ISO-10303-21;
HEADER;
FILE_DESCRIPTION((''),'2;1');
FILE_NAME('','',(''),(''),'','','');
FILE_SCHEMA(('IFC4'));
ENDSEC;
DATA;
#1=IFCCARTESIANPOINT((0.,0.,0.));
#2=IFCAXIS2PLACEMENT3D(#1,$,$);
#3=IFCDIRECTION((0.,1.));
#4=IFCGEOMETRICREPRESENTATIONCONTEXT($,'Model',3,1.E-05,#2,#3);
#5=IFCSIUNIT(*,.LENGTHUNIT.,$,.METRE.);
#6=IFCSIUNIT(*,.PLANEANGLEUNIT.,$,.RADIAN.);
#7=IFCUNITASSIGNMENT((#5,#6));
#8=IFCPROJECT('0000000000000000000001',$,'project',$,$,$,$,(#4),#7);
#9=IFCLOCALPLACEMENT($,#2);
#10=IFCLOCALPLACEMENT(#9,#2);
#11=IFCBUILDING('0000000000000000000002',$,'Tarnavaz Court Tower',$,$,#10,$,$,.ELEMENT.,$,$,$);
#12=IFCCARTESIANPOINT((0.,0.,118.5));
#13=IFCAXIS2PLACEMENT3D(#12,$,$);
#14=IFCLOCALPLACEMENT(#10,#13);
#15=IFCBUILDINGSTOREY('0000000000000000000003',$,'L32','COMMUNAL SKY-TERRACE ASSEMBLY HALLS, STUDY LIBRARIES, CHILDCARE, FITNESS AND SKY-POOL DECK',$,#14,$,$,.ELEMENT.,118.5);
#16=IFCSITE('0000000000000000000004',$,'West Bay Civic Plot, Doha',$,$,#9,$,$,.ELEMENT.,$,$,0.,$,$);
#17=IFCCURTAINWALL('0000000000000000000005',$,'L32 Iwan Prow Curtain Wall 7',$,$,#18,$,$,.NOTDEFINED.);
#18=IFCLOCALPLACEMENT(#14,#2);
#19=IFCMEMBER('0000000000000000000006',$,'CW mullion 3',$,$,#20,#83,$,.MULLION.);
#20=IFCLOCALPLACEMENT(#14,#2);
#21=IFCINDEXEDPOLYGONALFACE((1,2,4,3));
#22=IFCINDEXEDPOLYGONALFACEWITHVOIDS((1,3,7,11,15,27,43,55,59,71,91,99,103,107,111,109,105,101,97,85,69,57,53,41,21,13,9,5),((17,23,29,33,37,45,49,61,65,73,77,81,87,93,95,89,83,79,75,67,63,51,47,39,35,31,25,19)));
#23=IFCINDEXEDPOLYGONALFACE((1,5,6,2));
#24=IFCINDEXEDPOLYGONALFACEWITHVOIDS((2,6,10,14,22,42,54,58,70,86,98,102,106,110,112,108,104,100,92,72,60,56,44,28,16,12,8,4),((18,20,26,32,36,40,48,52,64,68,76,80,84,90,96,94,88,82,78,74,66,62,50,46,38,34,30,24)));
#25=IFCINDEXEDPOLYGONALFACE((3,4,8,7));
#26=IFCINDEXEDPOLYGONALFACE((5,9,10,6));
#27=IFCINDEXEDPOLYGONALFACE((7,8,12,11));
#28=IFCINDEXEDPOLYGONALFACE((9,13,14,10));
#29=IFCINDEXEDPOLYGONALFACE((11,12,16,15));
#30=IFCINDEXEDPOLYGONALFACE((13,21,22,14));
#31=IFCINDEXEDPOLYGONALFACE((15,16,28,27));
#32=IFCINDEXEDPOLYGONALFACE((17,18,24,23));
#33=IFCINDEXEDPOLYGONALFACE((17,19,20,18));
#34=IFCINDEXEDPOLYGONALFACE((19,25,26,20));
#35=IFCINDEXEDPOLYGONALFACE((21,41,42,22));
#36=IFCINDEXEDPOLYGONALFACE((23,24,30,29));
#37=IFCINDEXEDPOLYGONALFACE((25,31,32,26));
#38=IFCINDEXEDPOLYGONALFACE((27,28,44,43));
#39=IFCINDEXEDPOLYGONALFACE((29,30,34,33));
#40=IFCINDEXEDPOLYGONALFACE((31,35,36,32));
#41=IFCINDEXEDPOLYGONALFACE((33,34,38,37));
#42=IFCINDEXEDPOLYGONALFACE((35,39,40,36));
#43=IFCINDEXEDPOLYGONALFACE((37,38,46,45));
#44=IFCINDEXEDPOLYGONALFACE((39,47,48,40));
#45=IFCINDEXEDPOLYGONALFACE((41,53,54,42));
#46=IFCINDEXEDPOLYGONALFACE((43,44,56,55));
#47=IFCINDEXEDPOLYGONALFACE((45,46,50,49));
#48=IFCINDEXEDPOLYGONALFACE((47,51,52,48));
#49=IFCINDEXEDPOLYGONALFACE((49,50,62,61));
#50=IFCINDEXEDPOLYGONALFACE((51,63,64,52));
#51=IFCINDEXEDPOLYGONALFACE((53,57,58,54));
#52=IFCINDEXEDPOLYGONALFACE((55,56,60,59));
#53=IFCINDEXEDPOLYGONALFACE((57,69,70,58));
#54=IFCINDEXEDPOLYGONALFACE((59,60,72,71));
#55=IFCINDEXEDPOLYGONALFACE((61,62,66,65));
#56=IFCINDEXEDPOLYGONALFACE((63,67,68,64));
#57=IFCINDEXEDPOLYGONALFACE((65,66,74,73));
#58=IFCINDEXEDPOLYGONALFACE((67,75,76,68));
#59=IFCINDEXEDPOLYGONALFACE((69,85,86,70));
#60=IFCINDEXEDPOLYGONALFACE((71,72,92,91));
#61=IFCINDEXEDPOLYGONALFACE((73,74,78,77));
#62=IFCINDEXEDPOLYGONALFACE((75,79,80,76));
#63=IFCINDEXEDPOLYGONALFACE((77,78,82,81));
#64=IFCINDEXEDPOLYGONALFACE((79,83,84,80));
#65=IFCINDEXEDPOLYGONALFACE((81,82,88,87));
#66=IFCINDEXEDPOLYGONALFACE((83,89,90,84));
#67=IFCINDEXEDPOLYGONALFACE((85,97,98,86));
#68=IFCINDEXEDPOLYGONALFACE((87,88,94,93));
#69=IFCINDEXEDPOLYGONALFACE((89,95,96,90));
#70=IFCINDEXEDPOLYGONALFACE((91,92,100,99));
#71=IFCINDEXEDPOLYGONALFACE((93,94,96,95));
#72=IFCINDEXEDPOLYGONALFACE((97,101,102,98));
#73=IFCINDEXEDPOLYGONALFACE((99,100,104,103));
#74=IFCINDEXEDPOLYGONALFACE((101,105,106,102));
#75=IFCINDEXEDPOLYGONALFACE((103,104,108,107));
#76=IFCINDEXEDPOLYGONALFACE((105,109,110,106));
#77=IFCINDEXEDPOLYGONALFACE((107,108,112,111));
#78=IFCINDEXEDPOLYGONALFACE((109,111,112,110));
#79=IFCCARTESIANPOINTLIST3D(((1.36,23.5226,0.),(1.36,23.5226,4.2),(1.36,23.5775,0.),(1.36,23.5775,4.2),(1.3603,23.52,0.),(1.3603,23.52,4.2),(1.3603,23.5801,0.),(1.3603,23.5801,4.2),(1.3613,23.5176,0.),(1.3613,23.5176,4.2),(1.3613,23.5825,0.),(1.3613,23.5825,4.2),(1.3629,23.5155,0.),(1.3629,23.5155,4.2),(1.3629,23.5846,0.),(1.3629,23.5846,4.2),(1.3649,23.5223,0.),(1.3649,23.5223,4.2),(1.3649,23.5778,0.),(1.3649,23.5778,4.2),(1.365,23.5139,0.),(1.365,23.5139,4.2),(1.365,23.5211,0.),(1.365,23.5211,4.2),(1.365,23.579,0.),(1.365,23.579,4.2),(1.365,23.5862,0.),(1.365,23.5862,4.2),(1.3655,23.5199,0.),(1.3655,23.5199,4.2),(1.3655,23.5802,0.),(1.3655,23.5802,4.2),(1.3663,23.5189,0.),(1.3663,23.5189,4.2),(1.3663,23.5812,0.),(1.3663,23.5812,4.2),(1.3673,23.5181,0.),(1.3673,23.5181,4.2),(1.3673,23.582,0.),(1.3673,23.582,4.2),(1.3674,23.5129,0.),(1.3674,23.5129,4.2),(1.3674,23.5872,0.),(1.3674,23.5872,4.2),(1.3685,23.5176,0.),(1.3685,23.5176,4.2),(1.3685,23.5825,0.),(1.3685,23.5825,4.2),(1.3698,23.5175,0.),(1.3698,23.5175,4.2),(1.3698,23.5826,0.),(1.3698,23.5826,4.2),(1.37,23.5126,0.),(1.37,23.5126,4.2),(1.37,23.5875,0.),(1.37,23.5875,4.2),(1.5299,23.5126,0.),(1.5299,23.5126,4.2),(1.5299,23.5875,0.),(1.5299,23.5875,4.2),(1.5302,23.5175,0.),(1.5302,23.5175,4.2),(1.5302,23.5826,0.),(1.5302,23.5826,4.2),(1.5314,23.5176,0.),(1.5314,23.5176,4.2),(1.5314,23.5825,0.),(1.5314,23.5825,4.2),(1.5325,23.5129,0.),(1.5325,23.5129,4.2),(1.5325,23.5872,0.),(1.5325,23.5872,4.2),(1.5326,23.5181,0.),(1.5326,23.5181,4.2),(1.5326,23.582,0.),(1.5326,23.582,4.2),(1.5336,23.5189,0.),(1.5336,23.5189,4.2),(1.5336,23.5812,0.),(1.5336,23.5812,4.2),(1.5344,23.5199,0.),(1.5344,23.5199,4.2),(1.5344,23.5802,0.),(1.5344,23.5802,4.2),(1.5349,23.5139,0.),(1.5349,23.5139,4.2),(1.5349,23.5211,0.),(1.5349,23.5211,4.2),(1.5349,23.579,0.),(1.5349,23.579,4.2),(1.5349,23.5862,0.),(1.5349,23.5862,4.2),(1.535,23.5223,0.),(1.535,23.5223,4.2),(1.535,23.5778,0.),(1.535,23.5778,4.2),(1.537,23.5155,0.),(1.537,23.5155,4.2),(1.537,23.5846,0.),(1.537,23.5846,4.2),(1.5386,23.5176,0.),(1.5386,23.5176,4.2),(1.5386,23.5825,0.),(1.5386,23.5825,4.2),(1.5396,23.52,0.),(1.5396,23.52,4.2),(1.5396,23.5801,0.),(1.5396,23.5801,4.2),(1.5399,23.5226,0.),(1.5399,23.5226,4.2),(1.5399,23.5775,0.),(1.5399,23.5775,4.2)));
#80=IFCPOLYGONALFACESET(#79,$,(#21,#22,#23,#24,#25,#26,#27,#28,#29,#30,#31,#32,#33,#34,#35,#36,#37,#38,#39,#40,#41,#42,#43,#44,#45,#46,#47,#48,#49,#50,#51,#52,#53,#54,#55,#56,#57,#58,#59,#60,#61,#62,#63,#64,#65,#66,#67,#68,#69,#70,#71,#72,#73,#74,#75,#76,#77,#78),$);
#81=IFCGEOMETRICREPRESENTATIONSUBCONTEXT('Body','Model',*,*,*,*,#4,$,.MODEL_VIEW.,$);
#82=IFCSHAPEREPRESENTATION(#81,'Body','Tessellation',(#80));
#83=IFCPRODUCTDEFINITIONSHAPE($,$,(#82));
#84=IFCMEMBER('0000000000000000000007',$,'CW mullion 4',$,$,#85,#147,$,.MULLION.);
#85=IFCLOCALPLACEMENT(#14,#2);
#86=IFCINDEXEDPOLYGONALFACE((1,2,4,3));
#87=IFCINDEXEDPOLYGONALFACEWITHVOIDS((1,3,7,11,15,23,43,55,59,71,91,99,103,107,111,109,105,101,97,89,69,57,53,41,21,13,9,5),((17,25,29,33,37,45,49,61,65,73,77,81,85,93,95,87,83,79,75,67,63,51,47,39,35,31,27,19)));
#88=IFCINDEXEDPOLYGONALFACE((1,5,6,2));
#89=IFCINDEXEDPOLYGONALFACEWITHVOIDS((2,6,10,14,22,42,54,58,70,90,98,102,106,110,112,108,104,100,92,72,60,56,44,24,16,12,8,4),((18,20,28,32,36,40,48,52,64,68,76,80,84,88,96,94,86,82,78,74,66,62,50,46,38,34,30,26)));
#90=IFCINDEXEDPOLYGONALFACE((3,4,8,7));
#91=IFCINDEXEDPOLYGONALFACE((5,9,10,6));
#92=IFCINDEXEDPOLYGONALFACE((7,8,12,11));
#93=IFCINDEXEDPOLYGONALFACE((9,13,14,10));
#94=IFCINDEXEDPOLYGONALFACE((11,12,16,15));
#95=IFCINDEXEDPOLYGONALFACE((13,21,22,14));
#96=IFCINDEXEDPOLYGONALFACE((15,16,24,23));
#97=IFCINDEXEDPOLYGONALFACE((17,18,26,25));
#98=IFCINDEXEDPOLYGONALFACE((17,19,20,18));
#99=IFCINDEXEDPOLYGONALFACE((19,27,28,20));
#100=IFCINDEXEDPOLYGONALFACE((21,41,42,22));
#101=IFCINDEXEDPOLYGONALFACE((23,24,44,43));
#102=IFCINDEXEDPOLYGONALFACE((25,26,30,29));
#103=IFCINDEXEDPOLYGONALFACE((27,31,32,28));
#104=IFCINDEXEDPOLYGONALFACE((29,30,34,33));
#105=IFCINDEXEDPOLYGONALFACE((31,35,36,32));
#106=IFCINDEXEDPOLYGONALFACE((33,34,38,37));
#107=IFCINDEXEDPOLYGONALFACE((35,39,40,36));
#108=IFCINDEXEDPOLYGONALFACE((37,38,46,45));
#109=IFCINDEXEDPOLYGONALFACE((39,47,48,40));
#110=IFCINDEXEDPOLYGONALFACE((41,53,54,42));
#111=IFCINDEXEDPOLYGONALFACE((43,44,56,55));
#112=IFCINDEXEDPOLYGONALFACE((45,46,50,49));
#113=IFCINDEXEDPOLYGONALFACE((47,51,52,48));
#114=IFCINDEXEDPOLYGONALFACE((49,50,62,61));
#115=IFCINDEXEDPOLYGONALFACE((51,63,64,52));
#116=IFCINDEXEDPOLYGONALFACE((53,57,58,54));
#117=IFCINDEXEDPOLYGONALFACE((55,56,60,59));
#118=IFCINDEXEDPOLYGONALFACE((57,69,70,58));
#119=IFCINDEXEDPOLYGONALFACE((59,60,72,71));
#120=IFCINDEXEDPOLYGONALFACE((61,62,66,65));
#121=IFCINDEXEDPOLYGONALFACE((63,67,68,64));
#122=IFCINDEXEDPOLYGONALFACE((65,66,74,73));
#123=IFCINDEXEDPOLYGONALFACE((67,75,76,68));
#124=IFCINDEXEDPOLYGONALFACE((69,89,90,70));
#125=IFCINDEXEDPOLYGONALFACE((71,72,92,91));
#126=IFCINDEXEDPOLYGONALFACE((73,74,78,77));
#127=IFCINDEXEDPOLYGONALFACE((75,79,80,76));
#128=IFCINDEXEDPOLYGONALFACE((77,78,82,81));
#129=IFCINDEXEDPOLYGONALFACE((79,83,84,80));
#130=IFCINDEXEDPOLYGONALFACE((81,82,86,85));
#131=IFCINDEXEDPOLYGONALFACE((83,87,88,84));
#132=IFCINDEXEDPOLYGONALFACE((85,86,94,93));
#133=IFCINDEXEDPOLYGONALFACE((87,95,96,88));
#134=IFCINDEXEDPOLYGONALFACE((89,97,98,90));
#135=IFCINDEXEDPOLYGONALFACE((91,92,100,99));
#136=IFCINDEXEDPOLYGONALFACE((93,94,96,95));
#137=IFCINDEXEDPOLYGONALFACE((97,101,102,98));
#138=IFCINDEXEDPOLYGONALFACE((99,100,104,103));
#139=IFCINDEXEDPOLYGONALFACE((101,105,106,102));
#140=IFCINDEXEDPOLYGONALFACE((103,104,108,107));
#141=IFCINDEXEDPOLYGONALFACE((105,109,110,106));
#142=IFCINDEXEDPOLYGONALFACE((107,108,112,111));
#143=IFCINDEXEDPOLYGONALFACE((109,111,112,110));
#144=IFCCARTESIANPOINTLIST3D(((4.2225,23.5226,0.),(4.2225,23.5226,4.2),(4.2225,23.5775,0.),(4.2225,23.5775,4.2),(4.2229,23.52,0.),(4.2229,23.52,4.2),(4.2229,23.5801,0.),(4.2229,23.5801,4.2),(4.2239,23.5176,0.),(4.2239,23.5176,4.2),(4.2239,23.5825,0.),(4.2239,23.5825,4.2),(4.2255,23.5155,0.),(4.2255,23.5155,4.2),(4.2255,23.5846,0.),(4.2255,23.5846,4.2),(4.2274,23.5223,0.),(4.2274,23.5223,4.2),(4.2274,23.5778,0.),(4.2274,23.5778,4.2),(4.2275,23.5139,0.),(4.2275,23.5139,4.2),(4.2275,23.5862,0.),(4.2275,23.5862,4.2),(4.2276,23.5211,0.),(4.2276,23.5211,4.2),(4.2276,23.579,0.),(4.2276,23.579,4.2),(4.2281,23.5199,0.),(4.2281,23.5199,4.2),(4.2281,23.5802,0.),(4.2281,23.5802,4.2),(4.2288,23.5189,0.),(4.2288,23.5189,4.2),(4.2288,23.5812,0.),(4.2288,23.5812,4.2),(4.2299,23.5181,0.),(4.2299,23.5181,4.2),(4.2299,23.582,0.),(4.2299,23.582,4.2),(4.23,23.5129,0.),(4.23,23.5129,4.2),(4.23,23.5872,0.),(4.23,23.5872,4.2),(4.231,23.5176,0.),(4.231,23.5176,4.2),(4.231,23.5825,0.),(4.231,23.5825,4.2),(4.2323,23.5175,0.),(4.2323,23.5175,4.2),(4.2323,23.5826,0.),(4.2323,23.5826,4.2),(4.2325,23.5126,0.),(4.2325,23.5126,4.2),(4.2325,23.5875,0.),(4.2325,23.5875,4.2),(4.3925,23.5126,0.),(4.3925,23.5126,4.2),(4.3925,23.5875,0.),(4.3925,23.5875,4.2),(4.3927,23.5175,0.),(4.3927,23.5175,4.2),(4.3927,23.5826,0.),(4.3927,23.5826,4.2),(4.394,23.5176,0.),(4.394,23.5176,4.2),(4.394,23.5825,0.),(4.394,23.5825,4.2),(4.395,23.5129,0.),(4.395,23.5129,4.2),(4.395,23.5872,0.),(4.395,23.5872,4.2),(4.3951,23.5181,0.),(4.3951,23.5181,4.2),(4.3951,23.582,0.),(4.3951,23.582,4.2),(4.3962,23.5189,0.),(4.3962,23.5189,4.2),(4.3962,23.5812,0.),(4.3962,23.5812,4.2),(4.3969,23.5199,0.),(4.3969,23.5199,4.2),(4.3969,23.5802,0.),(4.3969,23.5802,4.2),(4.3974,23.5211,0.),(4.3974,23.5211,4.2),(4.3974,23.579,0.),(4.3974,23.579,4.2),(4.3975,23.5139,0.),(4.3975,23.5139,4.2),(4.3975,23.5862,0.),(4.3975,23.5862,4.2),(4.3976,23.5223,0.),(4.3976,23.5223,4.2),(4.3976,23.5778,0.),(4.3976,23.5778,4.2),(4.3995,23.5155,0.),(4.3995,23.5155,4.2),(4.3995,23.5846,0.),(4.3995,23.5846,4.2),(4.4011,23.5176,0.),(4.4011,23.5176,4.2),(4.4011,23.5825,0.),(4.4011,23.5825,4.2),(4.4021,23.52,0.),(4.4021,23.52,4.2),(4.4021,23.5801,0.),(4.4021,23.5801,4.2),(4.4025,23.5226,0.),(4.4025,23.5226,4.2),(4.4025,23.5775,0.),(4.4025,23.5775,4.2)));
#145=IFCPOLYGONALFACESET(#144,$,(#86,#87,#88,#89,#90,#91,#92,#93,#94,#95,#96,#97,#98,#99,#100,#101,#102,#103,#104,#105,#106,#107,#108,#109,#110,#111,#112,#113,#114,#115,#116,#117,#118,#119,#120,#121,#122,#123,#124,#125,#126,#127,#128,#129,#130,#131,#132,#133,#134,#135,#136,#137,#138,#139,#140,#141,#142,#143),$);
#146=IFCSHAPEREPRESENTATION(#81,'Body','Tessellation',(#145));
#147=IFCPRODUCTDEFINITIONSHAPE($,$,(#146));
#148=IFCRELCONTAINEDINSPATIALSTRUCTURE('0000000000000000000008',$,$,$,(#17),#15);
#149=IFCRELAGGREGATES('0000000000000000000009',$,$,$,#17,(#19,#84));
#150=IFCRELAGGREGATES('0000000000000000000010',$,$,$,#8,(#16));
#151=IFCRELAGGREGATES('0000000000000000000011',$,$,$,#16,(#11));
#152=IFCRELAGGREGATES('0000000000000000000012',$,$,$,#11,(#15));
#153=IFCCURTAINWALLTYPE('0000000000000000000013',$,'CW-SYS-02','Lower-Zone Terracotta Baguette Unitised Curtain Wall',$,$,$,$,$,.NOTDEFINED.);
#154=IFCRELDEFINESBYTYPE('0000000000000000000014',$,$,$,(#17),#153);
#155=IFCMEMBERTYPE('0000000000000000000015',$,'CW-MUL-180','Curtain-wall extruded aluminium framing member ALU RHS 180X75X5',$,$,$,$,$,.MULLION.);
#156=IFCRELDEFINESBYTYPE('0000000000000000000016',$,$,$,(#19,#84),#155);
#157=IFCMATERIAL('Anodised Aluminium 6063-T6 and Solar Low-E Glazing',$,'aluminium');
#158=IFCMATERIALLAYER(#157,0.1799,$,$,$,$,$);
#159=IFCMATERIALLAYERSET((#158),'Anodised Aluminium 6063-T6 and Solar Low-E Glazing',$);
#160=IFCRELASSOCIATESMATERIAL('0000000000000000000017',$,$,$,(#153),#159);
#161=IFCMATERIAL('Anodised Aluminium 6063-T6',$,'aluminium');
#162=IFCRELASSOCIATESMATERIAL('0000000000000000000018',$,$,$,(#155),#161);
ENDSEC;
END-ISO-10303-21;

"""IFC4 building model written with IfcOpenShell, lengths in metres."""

from ifc_helpers import new_model, si_unit, direction, frame, origin, origin_2d, place, context, subcontext, project, spatial, hollow_rectangle, extrude, material, layer, layer_set, material_profile, profile_set, type_object, element, aggregate, save


model = new_model("IFC4")

# Units and contexts
model_context = context("Model", 3, precision=1e-05, world=origin(), true_north=direction((0.0, 1.0)))
body_context = subcontext(model_context, "Body", "Model", "MODEL_VIEW")
ifc_project = project(units=[si_unit("LENGTHUNIT", "METRE"), si_unit("PLANEANGLEUNIT", "RADIAN")], contexts=[model_context])

# Site, building, storey
site_placement = place(None, origin())
site = spatial("IfcSite", under=ifc_project, at=site_placement, Name="West Bay Civic Plot, Doha", CompositionType="ELEMENT", RefElevation=0.0)
building_placement = place(site_placement, origin())
building = spatial("IfcBuilding", under=site, at=building_placement, Name="Tarnavaz Court Tower", CompositionType="ELEMENT")
storey_placement = place(building_placement, frame((0.0, 0.0, 118.5)))
storey = spatial("IfcBuildingStorey", under=building, at=storey_placement, Name="L32", Description="COMMUNAL SKY-TERRACE ASSEMBLY HALLS, STUDY LIBRARIES, CHILDCARE, FITNESS AND SKY-POOL DECK", CompositionType="ELEMENT", Elevation=118.5)

# Curtain wall, members
ifc_material_1 = material(Name="Anodised Aluminium 6063-T6 and Solar Low-E Glazing", Category="aluminium")
ifc_layer_1 = layer(ifc_material_1, 0.1799)
ifc_layer_set_1 = layer_set([ifc_layer_1], Name="Anodised Aluminium 6063-T6 and Solar Low-E Glazing")
curtain_wall_type = type_object("IfcCurtainWallType", Name="CW-SYS-02", Description="Lower-Zone Terracotta Baguette Unitised Curtain Wall", PredefinedType="NOTDEFINED", material=ifc_layer_set_1)
curtain_wall_placement = place(storey_placement, origin())
curtain_wall = element("IfcCurtainWall", 1, at=curtain_wall_placement, inside=storey, type_object=curtain_wall_type, Name="L32 Iwan Prow Curtain Wall 7", PredefinedType="NOTDEFINED")
ifc_material_2 = material(Name="Anodised Aluminium 6063-T6", Category="aluminium")
ifc_material_profile_1 = material_profile(ifc_material_2, hollow_rectangle(XDim=0.075, YDim=0.1799, WallThickness=0.0049, InnerFilletRadius=0.0049, OuterFilletRadius=0.01, at=origin_2d()), Name="ALU RHS 180X75X5")
ifc_profile_set_1 = profile_set([ifc_material_profile_1], Name="Anodised Aluminium 6063-T6")
member_type_1 = type_object("IfcMemberType", Name="CW-MUL-180", Description="Curtain-wall extruded aluminium framing member ALU RHS 180X75X5", PredefinedType="MULLION", material=ifc_profile_set_1)
member_1_placement = place(storey_placement, frame((1.45, 23.55, 0.0), z_axis=(0.0, 0.0, 1.0), x_axis=(0.0, 1.0, 0.0)))
member_1 = element("IfcMember", 2, at=member_1_placement, type_object=member_type_1, Name="CW mullion 3", PredefinedType="MULLION", context=body_context, shape_type="SweptSolid", body=[
    extrude(hollow_rectangle(XDim=0.075, YDim=0.1799, WallThickness=0.0049, InnerFilletRadius=0.0049, OuterFilletRadius=0.01, at=origin_2d()), origin(), (0.0, 0.0, 1.0), 4.2),
])
member_2_placement = place(storey_placement, frame((4.3125, 23.55, 0.0), z_axis=(0.0, 0.0, 1.0), x_axis=(0.0, 1.0, 0.0)))
member_2 = element("IfcMember", 3, at=member_2_placement, type_object=member_type_1, Name="CW mullion 4", PredefinedType="MULLION", context=body_context, shape_type="SweptSolid", body=[
    extrude(hollow_rectangle(XDim=0.075, YDim=0.1799, WallThickness=0.0049, InnerFilletRadius=0.0049, OuterFilletRadius=0.01, at=origin_2d()), origin(), (0.0, 0.0, 1.0), 4.2),
])
aggregate(curtain_wall, [member_1, member_2])

save(model, "model.ifc")
